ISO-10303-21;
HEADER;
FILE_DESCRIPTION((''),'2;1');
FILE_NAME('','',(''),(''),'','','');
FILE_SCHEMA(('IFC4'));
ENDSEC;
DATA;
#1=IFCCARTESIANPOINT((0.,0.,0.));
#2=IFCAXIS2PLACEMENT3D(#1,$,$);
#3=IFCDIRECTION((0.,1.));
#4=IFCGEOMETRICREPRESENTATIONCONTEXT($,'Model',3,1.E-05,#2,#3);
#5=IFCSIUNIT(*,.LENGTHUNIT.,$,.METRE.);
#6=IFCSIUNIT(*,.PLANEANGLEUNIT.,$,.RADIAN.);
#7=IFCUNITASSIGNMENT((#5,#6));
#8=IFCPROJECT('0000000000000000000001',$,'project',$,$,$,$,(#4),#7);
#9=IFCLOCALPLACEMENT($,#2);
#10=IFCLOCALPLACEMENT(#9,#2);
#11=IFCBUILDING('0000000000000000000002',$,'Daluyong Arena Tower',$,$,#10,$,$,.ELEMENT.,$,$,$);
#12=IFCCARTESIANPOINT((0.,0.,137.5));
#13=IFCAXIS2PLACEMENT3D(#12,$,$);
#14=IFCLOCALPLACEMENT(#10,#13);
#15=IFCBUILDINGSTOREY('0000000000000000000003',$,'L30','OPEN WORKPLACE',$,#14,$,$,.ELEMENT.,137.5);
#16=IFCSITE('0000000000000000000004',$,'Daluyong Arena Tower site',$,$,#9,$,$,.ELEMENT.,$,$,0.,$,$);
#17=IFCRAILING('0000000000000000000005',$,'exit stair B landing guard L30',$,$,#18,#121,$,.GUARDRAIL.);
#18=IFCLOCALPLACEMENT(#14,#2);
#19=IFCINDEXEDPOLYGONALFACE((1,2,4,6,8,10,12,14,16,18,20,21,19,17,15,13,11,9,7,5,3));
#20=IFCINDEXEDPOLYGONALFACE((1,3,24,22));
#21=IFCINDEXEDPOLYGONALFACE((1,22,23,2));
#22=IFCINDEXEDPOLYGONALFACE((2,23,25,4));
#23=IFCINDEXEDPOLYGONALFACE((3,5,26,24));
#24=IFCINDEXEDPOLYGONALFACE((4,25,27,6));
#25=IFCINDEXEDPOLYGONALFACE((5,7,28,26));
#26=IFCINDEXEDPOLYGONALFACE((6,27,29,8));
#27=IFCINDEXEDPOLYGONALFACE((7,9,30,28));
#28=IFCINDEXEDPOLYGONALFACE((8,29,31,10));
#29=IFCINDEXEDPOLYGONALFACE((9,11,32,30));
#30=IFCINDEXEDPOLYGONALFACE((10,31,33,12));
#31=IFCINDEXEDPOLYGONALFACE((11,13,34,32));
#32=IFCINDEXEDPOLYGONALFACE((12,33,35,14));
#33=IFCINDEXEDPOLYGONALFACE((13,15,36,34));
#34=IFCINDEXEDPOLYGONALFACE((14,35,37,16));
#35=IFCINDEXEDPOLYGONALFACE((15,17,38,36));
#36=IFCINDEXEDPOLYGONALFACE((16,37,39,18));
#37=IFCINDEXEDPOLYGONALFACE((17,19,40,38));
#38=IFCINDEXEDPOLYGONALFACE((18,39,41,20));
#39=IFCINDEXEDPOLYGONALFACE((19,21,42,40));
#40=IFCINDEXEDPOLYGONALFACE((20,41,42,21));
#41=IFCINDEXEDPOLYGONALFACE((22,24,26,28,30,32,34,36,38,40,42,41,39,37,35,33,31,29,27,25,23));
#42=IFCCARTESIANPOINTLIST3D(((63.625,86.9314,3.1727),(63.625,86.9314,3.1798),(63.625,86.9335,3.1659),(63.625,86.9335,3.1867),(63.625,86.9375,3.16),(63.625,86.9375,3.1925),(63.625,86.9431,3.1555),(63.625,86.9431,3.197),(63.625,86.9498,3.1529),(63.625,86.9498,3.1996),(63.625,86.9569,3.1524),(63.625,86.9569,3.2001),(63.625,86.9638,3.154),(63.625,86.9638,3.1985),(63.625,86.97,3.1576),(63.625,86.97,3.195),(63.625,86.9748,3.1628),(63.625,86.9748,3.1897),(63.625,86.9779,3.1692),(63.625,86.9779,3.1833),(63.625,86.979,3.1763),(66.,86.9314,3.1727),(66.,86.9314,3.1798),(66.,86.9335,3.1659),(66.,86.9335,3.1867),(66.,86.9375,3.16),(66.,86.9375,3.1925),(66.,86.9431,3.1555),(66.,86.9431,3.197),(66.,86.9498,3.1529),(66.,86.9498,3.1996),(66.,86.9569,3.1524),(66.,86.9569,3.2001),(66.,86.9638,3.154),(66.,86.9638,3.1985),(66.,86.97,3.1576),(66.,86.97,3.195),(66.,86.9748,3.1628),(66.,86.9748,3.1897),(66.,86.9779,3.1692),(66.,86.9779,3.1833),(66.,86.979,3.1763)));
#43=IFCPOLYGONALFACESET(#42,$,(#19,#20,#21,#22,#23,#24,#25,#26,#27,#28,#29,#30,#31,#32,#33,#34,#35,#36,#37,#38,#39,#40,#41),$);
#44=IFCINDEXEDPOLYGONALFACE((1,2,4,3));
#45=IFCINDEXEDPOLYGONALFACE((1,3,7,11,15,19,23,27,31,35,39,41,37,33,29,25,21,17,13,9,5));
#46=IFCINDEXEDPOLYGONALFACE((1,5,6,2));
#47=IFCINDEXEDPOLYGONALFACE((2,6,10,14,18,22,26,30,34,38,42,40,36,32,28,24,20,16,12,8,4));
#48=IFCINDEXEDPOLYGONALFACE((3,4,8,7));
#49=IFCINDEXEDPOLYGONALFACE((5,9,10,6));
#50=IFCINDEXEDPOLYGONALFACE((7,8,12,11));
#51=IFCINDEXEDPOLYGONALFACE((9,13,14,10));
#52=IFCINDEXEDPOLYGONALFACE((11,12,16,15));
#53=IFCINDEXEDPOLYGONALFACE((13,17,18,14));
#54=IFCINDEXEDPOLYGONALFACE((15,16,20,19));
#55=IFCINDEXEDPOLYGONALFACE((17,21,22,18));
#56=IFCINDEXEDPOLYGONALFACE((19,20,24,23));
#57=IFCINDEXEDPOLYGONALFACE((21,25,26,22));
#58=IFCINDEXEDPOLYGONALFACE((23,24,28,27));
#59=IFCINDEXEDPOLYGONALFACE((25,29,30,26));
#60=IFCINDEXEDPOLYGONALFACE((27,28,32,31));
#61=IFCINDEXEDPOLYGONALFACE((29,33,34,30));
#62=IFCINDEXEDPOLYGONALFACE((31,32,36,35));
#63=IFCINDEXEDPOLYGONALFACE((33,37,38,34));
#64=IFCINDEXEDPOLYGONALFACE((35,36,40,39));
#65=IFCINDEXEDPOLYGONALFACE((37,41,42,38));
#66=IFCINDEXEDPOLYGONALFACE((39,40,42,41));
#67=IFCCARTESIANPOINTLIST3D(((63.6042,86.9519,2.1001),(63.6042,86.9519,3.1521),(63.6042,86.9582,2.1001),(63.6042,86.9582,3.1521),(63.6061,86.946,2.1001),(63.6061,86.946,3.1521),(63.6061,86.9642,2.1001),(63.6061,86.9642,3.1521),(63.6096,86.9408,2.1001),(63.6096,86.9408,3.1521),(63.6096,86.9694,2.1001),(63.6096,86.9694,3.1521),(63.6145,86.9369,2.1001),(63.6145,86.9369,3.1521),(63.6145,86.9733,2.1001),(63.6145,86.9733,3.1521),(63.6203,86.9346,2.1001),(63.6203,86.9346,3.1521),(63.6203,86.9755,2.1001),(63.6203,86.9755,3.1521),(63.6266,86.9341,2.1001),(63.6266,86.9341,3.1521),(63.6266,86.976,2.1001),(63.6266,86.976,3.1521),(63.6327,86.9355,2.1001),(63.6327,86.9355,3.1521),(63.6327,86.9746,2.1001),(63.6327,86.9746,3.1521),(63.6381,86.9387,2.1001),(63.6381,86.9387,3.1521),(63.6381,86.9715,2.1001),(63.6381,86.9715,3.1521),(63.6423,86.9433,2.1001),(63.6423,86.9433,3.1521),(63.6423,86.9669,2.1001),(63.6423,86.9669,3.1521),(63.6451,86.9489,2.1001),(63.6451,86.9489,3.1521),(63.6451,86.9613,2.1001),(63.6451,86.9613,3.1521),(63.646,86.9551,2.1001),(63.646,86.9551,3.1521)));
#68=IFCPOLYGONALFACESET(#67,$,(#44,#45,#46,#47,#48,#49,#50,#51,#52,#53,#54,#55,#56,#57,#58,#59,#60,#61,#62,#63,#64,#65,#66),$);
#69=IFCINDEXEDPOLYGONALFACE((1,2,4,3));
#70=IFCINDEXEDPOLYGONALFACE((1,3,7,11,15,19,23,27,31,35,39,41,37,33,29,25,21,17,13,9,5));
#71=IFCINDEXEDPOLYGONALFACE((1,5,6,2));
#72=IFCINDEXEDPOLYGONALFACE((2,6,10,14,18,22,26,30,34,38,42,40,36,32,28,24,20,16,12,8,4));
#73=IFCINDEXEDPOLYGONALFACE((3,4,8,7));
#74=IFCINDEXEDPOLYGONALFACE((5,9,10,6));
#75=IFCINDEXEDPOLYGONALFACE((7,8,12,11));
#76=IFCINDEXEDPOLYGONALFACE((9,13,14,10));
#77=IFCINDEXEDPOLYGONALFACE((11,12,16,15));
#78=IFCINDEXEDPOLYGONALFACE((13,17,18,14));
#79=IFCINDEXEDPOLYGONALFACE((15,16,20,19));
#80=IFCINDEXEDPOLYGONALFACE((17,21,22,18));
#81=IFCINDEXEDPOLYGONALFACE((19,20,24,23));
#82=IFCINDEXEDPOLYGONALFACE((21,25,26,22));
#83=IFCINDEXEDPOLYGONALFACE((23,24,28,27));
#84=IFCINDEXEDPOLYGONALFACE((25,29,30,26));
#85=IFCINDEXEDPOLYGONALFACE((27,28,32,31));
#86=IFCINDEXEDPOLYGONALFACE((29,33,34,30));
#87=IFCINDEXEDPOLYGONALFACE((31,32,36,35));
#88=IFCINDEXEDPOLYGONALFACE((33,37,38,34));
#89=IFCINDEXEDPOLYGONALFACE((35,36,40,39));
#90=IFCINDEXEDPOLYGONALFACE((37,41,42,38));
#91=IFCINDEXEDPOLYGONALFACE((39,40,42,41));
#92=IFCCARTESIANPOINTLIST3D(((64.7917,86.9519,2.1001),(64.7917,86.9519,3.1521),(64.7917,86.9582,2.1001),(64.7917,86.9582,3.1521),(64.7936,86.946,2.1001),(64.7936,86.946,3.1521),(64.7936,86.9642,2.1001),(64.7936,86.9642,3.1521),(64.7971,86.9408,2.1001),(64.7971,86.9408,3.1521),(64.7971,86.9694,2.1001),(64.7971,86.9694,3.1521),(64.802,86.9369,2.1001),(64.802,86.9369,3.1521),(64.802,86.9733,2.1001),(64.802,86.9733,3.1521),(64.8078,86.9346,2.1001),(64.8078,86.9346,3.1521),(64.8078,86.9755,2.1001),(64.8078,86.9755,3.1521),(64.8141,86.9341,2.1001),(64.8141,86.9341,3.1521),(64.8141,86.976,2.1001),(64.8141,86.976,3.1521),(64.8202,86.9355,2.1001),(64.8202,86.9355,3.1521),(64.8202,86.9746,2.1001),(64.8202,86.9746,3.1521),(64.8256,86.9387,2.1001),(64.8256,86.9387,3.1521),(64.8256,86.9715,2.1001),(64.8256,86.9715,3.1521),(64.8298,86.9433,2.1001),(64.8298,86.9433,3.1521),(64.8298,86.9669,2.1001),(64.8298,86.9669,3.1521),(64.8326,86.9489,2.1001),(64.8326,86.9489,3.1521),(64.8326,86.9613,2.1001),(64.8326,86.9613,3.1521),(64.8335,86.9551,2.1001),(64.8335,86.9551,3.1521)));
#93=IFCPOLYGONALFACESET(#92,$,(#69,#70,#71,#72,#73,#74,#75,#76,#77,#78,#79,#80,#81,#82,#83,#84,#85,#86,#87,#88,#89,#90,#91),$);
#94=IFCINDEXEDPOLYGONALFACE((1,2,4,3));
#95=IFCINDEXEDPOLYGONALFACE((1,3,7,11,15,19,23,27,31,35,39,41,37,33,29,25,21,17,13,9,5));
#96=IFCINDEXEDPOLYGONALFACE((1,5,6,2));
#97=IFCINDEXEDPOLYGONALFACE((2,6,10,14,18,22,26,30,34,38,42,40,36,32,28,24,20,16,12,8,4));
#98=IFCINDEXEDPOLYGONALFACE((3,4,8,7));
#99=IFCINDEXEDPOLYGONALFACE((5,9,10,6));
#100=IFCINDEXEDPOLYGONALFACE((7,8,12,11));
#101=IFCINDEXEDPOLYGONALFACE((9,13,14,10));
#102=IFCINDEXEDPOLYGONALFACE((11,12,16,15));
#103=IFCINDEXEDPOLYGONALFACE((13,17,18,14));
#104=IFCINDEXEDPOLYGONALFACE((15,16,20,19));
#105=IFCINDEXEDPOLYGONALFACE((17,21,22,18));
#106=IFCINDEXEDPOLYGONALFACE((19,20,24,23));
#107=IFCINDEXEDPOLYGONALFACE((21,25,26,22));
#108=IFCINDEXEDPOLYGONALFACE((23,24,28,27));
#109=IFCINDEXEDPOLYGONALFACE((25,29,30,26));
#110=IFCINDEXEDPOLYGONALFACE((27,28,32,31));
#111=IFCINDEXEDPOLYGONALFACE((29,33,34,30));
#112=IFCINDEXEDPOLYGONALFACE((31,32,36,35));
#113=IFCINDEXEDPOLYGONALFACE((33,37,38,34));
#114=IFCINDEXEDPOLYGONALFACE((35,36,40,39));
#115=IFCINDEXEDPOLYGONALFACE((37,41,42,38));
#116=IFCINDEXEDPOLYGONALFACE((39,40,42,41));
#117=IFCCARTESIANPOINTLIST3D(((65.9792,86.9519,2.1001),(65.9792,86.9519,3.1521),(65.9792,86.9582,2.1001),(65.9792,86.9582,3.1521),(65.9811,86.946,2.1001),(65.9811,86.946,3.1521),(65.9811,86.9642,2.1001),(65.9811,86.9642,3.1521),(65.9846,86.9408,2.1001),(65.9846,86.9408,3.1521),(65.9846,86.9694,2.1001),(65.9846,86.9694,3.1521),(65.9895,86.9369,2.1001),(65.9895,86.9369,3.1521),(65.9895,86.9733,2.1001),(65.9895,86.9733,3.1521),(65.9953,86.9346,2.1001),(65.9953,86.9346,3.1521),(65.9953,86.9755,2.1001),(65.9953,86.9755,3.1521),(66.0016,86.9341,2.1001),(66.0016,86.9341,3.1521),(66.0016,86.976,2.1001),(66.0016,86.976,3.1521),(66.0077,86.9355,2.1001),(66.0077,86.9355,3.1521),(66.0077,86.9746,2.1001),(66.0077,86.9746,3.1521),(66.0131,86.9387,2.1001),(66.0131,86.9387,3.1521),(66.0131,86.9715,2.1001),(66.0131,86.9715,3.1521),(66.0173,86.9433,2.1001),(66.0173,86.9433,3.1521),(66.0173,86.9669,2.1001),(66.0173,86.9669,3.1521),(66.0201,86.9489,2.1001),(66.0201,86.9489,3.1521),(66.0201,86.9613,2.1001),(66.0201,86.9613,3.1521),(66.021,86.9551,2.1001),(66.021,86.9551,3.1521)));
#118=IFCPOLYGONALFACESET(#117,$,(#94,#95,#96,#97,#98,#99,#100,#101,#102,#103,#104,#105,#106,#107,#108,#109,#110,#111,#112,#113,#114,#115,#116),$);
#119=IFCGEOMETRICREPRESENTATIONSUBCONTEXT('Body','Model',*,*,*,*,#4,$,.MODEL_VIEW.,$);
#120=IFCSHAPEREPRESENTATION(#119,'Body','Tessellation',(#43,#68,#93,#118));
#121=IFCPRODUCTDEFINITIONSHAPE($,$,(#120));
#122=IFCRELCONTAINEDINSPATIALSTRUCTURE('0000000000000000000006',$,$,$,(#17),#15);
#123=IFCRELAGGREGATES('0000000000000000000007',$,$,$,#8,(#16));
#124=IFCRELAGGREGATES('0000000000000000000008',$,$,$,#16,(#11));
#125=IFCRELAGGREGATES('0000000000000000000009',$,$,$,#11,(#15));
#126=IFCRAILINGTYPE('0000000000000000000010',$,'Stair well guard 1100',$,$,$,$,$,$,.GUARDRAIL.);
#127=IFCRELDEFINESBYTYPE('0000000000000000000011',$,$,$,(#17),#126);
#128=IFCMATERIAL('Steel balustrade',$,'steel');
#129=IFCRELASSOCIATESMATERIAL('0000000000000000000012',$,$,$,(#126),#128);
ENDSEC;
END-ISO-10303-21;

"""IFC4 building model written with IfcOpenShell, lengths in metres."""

from ifc_helpers import new_model, si_unit, direction, frame, origin, origin_2d, place, context, subcontext, project, spatial, circle, extrude, material, type_object, element, save


model = new_model("IFC4")

# Units and contexts
model_context = context("Model", 3, precision=1e-05, world=origin(), true_north=direction((0.0, 1.0)))
body_context = subcontext(model_context, "Body", "Model", "MODEL_VIEW")
ifc_project = project(units=[si_unit("LENGTHUNIT", "METRE"), si_unit("PLANEANGLEUNIT", "RADIAN")], contexts=[model_context])

# Site, building, storey
site_placement = place(None, origin())
site = spatial("IfcSite", under=ifc_project, at=site_placement, Name="Daluyong Arena Tower site", CompositionType="ELEMENT", RefElevation=0.0)
building_placement = place(site_placement, origin())
building = spatial("IfcBuilding", under=site, at=building_placement, Name="Daluyong Arena Tower", CompositionType="ELEMENT")
storey_placement = place(building_placement, frame((0.0, 0.0, 137.5)))
storey = spatial("IfcBuildingStorey", under=building, at=storey_placement, Name="L30", Description="OPEN WORKPLACE", CompositionType="ELEMENT", Elevation=137.5)

# Railing
ifc_material_1 = material(Name="Steel balustrade", Category="steel")
railing_type_1 = type_object("IfcRailingType", Name="Stair well guard 1100", PredefinedType="GUARDRAIL", material=ifc_material_1)
railing_1_placement = place(storey_placement, frame((63.625, 86.9551, 2.1001)))
element("IfcRailing", 1, at=railing_1_placement, inside=storey, type_object=railing_type_1, Name="exit stair B landing guard L30", PredefinedType="GUARDRAIL", context=body_context, shape_type="SweptSolid", body=[
    extrude(circle(Radius=0.0239, at=origin_2d()), frame((0.0, 0.0, 1.0762), z_axis=(1.0, 0.0, 0.0), x_axis=(0.0, 1.0, 0.0)), (0.0, 0.0, 1.0), 2.375),
    extrude(circle(Radius=0.021, at=origin_2d()), origin(), (0.0, 0.0, 1.0), 1.052),
    extrude(circle(Radius=0.021, at=origin_2d()), frame((1.1875, 0.0, 0.0)), (0.0, 0.0, 1.0), 1.052),
    extrude(circle(Radius=0.021, at=origin_2d()), frame((2.375, 0.0, 0.0)), (0.0, 0.0, 1.0), 1.052),
])

save(model, "model.ifc")
